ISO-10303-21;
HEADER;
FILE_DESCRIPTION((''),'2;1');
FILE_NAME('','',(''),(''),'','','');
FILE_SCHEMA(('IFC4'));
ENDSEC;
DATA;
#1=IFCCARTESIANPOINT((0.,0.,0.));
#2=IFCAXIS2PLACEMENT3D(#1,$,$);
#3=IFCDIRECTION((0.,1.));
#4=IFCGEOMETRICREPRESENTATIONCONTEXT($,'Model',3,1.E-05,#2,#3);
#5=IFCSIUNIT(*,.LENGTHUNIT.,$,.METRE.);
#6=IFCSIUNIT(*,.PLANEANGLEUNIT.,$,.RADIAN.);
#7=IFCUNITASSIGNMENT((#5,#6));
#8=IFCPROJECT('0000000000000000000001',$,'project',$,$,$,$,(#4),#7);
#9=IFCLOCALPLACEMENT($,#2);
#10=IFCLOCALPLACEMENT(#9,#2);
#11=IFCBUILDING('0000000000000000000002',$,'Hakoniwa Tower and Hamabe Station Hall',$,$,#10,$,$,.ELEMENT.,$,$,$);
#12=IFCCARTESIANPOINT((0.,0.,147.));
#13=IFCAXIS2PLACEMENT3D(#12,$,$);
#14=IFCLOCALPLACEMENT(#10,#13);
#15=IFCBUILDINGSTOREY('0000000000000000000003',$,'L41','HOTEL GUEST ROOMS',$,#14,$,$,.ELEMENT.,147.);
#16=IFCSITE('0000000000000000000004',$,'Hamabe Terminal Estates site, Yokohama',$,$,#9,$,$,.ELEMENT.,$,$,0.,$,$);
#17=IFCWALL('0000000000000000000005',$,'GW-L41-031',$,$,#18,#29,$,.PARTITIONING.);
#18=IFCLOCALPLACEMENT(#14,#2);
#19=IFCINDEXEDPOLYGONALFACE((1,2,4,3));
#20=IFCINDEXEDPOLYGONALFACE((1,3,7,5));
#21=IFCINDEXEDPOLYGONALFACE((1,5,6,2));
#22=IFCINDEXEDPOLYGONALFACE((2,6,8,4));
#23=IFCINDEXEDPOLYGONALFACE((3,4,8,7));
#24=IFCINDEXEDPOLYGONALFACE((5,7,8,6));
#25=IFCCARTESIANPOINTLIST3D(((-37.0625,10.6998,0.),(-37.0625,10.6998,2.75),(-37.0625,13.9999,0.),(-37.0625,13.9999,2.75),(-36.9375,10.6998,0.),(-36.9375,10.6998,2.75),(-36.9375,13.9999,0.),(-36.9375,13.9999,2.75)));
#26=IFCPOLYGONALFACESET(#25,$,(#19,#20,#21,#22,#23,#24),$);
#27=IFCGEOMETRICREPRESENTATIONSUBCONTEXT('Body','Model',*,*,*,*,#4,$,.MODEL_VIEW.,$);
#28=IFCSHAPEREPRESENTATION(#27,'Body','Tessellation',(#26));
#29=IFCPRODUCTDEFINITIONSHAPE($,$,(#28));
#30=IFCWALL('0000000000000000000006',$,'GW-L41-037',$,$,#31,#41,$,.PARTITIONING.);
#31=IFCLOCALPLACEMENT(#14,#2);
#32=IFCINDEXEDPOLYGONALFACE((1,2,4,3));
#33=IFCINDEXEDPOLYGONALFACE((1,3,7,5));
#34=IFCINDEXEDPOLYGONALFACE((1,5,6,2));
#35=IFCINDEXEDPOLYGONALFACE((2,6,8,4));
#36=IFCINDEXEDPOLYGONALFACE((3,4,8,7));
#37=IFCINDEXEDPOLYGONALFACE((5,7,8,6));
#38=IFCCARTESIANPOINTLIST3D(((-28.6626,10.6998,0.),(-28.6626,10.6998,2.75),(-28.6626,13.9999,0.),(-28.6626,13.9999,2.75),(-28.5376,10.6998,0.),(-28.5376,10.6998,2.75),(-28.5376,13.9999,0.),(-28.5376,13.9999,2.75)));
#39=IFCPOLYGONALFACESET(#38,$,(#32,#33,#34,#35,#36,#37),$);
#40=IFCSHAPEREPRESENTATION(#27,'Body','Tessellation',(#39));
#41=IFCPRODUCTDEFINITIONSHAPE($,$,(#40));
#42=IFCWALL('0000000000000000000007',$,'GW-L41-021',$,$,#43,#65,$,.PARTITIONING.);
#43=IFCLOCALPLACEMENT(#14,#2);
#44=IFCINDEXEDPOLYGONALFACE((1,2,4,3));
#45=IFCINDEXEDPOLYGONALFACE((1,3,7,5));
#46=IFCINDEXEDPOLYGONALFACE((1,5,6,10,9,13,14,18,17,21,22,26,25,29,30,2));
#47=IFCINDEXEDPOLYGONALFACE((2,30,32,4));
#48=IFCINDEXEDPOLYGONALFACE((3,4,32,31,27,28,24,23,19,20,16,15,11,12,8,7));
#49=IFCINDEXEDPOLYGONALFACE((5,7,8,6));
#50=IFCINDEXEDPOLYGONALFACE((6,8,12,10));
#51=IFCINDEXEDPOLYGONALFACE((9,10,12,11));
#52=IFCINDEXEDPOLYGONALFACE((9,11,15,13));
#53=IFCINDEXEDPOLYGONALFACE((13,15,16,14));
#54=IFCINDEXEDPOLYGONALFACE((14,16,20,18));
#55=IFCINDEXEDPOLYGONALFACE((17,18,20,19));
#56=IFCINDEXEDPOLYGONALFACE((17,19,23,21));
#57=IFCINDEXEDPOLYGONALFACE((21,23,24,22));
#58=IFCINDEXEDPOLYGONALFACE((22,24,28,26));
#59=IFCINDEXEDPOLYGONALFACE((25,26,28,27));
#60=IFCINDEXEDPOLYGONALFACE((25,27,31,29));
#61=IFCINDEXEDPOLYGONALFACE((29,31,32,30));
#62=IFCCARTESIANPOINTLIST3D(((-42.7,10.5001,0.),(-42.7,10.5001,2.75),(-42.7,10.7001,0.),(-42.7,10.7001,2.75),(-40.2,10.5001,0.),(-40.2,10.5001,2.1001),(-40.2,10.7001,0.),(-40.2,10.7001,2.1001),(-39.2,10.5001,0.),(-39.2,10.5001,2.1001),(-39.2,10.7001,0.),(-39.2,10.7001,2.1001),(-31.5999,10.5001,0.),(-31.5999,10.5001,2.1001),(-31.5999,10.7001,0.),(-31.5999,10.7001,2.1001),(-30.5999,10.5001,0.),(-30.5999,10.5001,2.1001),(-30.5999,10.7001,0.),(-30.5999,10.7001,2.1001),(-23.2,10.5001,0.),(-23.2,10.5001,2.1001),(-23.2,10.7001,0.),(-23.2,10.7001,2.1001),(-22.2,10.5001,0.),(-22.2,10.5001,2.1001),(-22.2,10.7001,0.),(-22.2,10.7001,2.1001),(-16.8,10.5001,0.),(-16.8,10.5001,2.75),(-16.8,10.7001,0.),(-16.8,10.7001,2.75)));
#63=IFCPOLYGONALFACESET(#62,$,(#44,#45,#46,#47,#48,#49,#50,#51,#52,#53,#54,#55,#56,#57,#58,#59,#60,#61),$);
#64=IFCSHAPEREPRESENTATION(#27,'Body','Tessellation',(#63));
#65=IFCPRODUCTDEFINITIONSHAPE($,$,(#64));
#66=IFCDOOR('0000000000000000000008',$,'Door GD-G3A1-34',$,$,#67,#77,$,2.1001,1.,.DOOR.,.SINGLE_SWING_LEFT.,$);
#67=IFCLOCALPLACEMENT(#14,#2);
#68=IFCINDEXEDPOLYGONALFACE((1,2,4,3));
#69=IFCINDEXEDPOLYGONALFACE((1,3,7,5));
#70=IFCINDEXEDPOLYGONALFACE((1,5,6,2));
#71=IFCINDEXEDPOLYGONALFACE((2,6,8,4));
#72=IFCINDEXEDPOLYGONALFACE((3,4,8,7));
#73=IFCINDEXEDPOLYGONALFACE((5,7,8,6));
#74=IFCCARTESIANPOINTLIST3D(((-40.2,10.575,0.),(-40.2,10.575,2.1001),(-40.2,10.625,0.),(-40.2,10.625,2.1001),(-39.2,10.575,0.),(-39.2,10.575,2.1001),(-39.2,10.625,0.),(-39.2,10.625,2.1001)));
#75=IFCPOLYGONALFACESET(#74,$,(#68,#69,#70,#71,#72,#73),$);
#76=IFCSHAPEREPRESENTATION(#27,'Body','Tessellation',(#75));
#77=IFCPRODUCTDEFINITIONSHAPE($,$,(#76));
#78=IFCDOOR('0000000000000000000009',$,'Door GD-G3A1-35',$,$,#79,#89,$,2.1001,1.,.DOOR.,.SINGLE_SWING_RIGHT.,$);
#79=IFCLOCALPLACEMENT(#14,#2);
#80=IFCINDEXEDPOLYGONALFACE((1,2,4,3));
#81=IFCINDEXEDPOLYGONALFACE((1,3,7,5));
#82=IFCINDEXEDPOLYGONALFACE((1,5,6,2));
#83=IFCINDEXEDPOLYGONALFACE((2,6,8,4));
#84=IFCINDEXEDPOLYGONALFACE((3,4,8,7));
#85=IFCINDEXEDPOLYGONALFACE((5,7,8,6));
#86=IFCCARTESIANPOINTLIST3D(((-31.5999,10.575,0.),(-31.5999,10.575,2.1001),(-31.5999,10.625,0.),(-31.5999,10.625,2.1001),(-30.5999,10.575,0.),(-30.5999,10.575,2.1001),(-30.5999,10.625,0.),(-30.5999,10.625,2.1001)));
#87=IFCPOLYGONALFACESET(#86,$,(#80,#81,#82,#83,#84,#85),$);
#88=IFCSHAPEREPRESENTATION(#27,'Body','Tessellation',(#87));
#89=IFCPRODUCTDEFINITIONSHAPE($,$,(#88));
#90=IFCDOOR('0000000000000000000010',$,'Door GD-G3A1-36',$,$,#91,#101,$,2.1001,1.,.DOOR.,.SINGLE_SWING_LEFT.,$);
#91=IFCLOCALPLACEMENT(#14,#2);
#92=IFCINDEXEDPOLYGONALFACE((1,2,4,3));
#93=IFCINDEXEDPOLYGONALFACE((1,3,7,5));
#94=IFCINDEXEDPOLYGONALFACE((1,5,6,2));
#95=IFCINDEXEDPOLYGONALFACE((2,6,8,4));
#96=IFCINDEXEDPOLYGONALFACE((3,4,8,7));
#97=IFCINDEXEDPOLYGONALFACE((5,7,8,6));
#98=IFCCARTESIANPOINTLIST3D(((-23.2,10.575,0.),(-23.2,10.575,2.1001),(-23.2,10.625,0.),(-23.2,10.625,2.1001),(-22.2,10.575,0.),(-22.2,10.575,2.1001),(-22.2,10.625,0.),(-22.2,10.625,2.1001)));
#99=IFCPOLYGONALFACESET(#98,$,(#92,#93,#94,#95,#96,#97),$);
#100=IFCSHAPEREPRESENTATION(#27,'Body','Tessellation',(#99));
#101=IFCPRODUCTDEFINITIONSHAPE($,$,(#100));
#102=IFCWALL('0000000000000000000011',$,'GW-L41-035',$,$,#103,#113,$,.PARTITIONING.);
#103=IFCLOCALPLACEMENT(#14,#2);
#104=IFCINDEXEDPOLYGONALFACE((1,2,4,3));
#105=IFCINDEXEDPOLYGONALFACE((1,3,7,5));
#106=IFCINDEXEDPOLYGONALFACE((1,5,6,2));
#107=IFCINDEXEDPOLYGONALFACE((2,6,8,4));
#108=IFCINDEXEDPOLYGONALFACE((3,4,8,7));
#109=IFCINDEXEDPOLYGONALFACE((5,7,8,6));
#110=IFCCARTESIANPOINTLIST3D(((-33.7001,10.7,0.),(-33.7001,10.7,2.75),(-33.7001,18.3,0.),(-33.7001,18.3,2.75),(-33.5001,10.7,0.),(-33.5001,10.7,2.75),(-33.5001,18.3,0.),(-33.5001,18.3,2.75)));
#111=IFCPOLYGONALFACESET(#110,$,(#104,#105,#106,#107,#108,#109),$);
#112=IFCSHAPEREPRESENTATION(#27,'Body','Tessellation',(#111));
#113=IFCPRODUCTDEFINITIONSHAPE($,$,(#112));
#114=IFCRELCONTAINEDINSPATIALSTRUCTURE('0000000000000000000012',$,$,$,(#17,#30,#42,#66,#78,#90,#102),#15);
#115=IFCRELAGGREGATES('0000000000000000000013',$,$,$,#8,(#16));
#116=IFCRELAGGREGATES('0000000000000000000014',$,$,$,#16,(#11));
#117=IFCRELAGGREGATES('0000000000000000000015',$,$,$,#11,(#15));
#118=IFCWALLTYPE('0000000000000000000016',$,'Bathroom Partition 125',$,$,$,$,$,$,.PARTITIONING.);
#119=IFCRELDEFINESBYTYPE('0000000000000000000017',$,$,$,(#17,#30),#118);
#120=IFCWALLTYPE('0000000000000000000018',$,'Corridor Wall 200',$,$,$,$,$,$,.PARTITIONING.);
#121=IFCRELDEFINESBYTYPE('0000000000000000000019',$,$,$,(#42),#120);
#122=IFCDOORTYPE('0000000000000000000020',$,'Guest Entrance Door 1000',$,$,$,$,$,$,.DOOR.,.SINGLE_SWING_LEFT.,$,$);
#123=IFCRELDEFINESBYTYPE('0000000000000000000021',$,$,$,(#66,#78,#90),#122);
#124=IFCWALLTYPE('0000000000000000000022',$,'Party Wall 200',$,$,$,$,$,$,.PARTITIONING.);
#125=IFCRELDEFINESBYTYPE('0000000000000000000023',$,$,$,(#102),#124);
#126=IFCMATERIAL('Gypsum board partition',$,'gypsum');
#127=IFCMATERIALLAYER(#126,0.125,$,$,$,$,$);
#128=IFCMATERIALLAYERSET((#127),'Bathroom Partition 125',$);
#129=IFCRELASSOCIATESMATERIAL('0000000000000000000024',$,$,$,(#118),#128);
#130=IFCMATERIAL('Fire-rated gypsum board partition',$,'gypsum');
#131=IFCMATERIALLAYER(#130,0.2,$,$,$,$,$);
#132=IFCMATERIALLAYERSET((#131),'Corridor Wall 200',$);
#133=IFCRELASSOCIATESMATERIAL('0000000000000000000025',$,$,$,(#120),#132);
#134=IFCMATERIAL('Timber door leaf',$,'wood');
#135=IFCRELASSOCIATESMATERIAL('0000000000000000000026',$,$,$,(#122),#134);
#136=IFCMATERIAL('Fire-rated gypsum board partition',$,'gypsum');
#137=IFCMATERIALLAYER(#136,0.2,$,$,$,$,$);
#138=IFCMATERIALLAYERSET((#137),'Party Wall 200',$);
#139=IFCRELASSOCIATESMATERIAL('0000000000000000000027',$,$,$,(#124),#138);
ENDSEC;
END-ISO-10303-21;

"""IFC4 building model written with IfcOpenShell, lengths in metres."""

from ifc_helpers import new_model, si_unit, direction, frame, frame_2d, origin, place, context, subcontext, project, spatial, rectangle, extrude, material, layer, layer_set, type_object, element, fill, save


model = new_model("IFC4")

# Units and contexts
model_context = context("Model", 3, precision=1e-05, world=origin(), true_north=direction((0.0, 1.0)))
body_context = subcontext(model_context, "Body", "Model", "MODEL_VIEW")
ifc_project = project(units=[si_unit("LENGTHUNIT", "METRE"), si_unit("PLANEANGLEUNIT", "RADIAN")], contexts=[model_context])

# Site, building, storey
site_placement = place(None, origin())
site = spatial("IfcSite", under=ifc_project, at=site_placement, Name="Hamabe Terminal Estates site, Yokohama", CompositionType="ELEMENT", RefElevation=0.0)
building_placement = place(site_placement, origin())
building = spatial("IfcBuilding", under=site, at=building_placement, Name="Hakoniwa Tower and Hamabe Station Hall", CompositionType="ELEMENT")
storey_placement = place(building_placement, frame((0.0, 0.0, 147.0)))
storey = spatial("IfcBuildingStorey", under=building, at=storey_placement, Name="L41", Description="HOTEL GUEST ROOMS", CompositionType="ELEMENT", Elevation=147.0)

# Shared definitions
ifc_material_1 = material(Name="Gypsum board partition", Category="gypsum")
ifc_layer_1 = layer(ifc_material_1, 0.125)
ifc_layer_set_1 = layer_set([ifc_layer_1], Name="Bathroom Partition 125")
wall_type_1 = type_object("IfcWallType", Name="Bathroom Partition 125", PredefinedType="PARTITIONING", material=ifc_layer_set_1)

# Walls
for number, where, z_axis, x_axis, name in (
    (1, (-37.0, 10.7, 0.0), (0.0, 0.0, 1.0), (0.0, 1.0, 0.0), "GW-L41-031"),
    (2, (-28.6001, 10.7, 0.0), (0.0, 0.0, 1.0), (0.0, 1.0, 0.0), "GW-L41-037"),
):
    element("IfcWall", number, at=place(storey_placement, frame(where, z_axis=z_axis, x_axis=x_axis)), inside=storey, type_object=wall_type_1, Name=name, PredefinedType="PARTITIONING", context=body_context, shape_type="SweptSolid", body=[
        extrude(rectangle(XDim=3.3, YDim=0.125, at=frame_2d((1.6499, 0.0))), origin(), (0.0, 0.0, 1.0), 2.75),
    ])

# Wall, openings, doors
ifc_material_2 = material(Name="Fire-rated gypsum board partition", Category="gypsum")
ifc_layer_2 = layer(ifc_material_2, 0.2)
ifc_layer_set_2 = layer_set([ifc_layer_2], Name="Corridor Wall 200")
wall_type_2 = type_object("IfcWallType", Name="Corridor Wall 200", PredefinedType="PARTITIONING", material=ifc_layer_set_2)
wall_1_placement = place(storey_placement, frame((-42.7, 10.6001, 0.0), z_axis=(0.0, 0.0, 1.0), x_axis=(1.0, 0.0, 0.0)))
wall_1 = element("IfcWall", 3, at=wall_1_placement, inside=storey, type_object=wall_type_2, Name="GW-L41-021", PredefinedType="PARTITIONING", context=body_context, shape_type="SweptSolid", body=[
    extrude(rectangle(XDim=25.8999, YDim=0.2, at=frame_2d((12.95, 0.0))), origin(), (0.0, 0.0, 1.0), 2.75),
])
opening_1_placement = place(wall_1_placement, frame((2.5, 0.0, 0.0)))
opening_1 = element("IfcOpeningElement", 4, at=opening_1_placement, cuts=wall_1, PredefinedType="OPENING", context=body_context, shape_type="SweptSolid", body=[
    extrude(rectangle(XDim=1.0, YDim=2.1001, at=frame_2d((0.5, 1.05))), frame((0.0, 0.1099, 0.0), z_axis=(0.0, -1.0, 0.0), x_axis=(1.0, 0.0, 0.0)), (0.0, 0.0, 1.0), 0.22),
])
opening_2_placement = place(wall_1_placement, frame((11.1001, 0.0, 0.0)))
opening_2 = element("IfcOpeningElement", 5, at=opening_2_placement, cuts=wall_1, PredefinedType="OPENING", context=body_context, shape_type="SweptSolid", body=[
    extrude(rectangle(XDim=1.0, YDim=2.1001, at=frame_2d((0.5, 1.05))), frame((0.0, 0.1099, 0.0), z_axis=(0.0, -1.0, 0.0), x_axis=(1.0, 0.0, 0.0)), (0.0, 0.0, 1.0), 0.22),
])
opening_3_placement = place(wall_1_placement, frame((19.5, 0.0, 0.0)))
opening_3 = element("IfcOpeningElement", 6, at=opening_3_placement, cuts=wall_1, PredefinedType="OPENING", context=body_context, shape_type="SweptSolid", body=[
    extrude(rectangle(XDim=1.0, YDim=2.1001, at=frame_2d((0.5, 1.05))), frame((0.0, 0.1099, 0.0), z_axis=(0.0, -1.0, 0.0), x_axis=(1.0, 0.0, 0.0)), (0.0, 0.0, 1.0), 0.22),
])
ifc_material_3 = material(Name="Timber door leaf", Category="wood")
door_type_1 = type_object("IfcDoorType", Name="Guest Entrance Door 1000", OperationType="SINGLE_SWING_LEFT", PredefinedType="DOOR", material=ifc_material_3)
door_1_placement = place(opening_1_placement, origin())
door_1 = element("IfcDoor", 7, at=door_1_placement, inside=storey, type_object=door_type_1, Name="Door GD-G3A1-34", OperationType="SINGLE_SWING_LEFT", OverallHeight=2.1001, OverallWidth=1.0, PredefinedType="DOOR", context=body_context, shape_type="SweptSolid", body=[
    extrude(rectangle(XDim=1.0, YDim=2.1001, at=frame_2d((0.5, 1.05))), frame((0.0, 0.0249, 0.0), z_axis=(0.0, -1.0, 0.0), x_axis=(1.0, 0.0, 0.0)), (0.0, 0.0, 1.0), 0.05),
])
fill(opening_1, door_1)
door_2_placement = place(opening_2_placement, origin())
door_2 = element("IfcDoor", 8, at=door_2_placement, inside=storey, type_object=door_type_1, Name="Door GD-G3A1-35", OperationType="SINGLE_SWING_RIGHT", OverallHeight=2.1001, OverallWidth=1.0, PredefinedType="DOOR", context=body_context, shape_type="SweptSolid", body=[
    extrude(rectangle(XDim=1.0, YDim=2.1001, at=frame_2d((0.5, 1.05))), frame((0.0, 0.0249, 0.0), z_axis=(0.0, -1.0, 0.0), x_axis=(1.0, 0.0, 0.0)), (0.0, 0.0, 1.0), 0.05),
])
fill(opening_2, door_2)
door_3_placement = place(opening_3_placement, origin())
door_3 = element("IfcDoor", 9, at=door_3_placement, inside=storey, type_object=door_type_1, Name="Door GD-G3A1-36", OperationType="SINGLE_SWING_LEFT", OverallHeight=2.1001, OverallWidth=1.0, PredefinedType="DOOR", context=body_context, shape_type="SweptSolid", body=[
    extrude(rectangle(XDim=1.0, YDim=2.1001, at=frame_2d((0.5, 1.05))), frame((0.0, 0.0249, 0.0), z_axis=(0.0, -1.0, 0.0), x_axis=(1.0, 0.0, 0.0)), (0.0, 0.0, 1.0), 0.05),
])
fill(opening_3, door_3)

# Wall
ifc_material_4 = material(Name="Fire-rated gypsum board partition", Category="gypsum")
ifc_layer_3 = layer(ifc_material_4, 0.2)
ifc_layer_set_3 = layer_set([ifc_layer_3], Name="Party Wall 200")
wall_type_3 = type_object("IfcWallType", Name="Party Wall 200", PredefinedType="PARTITIONING", material=ifc_layer_set_3)
wall_2_placement = place(storey_placement, frame((-33.6001, 10.7, 0.0), z_axis=(0.0, 0.0, 1.0), x_axis=(0.0, 1.0, 0.0)))
element("IfcWall", 10, at=wall_2_placement, inside=storey, type_object=wall_type_3, Name="GW-L41-035", PredefinedType="PARTITIONING", context=body_context, shape_type="SweptSolid", body=[
    extrude(rectangle(XDim=7.6001, YDim=0.2, at=frame_2d((3.8, 0.0))), origin(), (0.0, 0.0, 1.0), 2.75),
])

save(model, "model.ifc")
